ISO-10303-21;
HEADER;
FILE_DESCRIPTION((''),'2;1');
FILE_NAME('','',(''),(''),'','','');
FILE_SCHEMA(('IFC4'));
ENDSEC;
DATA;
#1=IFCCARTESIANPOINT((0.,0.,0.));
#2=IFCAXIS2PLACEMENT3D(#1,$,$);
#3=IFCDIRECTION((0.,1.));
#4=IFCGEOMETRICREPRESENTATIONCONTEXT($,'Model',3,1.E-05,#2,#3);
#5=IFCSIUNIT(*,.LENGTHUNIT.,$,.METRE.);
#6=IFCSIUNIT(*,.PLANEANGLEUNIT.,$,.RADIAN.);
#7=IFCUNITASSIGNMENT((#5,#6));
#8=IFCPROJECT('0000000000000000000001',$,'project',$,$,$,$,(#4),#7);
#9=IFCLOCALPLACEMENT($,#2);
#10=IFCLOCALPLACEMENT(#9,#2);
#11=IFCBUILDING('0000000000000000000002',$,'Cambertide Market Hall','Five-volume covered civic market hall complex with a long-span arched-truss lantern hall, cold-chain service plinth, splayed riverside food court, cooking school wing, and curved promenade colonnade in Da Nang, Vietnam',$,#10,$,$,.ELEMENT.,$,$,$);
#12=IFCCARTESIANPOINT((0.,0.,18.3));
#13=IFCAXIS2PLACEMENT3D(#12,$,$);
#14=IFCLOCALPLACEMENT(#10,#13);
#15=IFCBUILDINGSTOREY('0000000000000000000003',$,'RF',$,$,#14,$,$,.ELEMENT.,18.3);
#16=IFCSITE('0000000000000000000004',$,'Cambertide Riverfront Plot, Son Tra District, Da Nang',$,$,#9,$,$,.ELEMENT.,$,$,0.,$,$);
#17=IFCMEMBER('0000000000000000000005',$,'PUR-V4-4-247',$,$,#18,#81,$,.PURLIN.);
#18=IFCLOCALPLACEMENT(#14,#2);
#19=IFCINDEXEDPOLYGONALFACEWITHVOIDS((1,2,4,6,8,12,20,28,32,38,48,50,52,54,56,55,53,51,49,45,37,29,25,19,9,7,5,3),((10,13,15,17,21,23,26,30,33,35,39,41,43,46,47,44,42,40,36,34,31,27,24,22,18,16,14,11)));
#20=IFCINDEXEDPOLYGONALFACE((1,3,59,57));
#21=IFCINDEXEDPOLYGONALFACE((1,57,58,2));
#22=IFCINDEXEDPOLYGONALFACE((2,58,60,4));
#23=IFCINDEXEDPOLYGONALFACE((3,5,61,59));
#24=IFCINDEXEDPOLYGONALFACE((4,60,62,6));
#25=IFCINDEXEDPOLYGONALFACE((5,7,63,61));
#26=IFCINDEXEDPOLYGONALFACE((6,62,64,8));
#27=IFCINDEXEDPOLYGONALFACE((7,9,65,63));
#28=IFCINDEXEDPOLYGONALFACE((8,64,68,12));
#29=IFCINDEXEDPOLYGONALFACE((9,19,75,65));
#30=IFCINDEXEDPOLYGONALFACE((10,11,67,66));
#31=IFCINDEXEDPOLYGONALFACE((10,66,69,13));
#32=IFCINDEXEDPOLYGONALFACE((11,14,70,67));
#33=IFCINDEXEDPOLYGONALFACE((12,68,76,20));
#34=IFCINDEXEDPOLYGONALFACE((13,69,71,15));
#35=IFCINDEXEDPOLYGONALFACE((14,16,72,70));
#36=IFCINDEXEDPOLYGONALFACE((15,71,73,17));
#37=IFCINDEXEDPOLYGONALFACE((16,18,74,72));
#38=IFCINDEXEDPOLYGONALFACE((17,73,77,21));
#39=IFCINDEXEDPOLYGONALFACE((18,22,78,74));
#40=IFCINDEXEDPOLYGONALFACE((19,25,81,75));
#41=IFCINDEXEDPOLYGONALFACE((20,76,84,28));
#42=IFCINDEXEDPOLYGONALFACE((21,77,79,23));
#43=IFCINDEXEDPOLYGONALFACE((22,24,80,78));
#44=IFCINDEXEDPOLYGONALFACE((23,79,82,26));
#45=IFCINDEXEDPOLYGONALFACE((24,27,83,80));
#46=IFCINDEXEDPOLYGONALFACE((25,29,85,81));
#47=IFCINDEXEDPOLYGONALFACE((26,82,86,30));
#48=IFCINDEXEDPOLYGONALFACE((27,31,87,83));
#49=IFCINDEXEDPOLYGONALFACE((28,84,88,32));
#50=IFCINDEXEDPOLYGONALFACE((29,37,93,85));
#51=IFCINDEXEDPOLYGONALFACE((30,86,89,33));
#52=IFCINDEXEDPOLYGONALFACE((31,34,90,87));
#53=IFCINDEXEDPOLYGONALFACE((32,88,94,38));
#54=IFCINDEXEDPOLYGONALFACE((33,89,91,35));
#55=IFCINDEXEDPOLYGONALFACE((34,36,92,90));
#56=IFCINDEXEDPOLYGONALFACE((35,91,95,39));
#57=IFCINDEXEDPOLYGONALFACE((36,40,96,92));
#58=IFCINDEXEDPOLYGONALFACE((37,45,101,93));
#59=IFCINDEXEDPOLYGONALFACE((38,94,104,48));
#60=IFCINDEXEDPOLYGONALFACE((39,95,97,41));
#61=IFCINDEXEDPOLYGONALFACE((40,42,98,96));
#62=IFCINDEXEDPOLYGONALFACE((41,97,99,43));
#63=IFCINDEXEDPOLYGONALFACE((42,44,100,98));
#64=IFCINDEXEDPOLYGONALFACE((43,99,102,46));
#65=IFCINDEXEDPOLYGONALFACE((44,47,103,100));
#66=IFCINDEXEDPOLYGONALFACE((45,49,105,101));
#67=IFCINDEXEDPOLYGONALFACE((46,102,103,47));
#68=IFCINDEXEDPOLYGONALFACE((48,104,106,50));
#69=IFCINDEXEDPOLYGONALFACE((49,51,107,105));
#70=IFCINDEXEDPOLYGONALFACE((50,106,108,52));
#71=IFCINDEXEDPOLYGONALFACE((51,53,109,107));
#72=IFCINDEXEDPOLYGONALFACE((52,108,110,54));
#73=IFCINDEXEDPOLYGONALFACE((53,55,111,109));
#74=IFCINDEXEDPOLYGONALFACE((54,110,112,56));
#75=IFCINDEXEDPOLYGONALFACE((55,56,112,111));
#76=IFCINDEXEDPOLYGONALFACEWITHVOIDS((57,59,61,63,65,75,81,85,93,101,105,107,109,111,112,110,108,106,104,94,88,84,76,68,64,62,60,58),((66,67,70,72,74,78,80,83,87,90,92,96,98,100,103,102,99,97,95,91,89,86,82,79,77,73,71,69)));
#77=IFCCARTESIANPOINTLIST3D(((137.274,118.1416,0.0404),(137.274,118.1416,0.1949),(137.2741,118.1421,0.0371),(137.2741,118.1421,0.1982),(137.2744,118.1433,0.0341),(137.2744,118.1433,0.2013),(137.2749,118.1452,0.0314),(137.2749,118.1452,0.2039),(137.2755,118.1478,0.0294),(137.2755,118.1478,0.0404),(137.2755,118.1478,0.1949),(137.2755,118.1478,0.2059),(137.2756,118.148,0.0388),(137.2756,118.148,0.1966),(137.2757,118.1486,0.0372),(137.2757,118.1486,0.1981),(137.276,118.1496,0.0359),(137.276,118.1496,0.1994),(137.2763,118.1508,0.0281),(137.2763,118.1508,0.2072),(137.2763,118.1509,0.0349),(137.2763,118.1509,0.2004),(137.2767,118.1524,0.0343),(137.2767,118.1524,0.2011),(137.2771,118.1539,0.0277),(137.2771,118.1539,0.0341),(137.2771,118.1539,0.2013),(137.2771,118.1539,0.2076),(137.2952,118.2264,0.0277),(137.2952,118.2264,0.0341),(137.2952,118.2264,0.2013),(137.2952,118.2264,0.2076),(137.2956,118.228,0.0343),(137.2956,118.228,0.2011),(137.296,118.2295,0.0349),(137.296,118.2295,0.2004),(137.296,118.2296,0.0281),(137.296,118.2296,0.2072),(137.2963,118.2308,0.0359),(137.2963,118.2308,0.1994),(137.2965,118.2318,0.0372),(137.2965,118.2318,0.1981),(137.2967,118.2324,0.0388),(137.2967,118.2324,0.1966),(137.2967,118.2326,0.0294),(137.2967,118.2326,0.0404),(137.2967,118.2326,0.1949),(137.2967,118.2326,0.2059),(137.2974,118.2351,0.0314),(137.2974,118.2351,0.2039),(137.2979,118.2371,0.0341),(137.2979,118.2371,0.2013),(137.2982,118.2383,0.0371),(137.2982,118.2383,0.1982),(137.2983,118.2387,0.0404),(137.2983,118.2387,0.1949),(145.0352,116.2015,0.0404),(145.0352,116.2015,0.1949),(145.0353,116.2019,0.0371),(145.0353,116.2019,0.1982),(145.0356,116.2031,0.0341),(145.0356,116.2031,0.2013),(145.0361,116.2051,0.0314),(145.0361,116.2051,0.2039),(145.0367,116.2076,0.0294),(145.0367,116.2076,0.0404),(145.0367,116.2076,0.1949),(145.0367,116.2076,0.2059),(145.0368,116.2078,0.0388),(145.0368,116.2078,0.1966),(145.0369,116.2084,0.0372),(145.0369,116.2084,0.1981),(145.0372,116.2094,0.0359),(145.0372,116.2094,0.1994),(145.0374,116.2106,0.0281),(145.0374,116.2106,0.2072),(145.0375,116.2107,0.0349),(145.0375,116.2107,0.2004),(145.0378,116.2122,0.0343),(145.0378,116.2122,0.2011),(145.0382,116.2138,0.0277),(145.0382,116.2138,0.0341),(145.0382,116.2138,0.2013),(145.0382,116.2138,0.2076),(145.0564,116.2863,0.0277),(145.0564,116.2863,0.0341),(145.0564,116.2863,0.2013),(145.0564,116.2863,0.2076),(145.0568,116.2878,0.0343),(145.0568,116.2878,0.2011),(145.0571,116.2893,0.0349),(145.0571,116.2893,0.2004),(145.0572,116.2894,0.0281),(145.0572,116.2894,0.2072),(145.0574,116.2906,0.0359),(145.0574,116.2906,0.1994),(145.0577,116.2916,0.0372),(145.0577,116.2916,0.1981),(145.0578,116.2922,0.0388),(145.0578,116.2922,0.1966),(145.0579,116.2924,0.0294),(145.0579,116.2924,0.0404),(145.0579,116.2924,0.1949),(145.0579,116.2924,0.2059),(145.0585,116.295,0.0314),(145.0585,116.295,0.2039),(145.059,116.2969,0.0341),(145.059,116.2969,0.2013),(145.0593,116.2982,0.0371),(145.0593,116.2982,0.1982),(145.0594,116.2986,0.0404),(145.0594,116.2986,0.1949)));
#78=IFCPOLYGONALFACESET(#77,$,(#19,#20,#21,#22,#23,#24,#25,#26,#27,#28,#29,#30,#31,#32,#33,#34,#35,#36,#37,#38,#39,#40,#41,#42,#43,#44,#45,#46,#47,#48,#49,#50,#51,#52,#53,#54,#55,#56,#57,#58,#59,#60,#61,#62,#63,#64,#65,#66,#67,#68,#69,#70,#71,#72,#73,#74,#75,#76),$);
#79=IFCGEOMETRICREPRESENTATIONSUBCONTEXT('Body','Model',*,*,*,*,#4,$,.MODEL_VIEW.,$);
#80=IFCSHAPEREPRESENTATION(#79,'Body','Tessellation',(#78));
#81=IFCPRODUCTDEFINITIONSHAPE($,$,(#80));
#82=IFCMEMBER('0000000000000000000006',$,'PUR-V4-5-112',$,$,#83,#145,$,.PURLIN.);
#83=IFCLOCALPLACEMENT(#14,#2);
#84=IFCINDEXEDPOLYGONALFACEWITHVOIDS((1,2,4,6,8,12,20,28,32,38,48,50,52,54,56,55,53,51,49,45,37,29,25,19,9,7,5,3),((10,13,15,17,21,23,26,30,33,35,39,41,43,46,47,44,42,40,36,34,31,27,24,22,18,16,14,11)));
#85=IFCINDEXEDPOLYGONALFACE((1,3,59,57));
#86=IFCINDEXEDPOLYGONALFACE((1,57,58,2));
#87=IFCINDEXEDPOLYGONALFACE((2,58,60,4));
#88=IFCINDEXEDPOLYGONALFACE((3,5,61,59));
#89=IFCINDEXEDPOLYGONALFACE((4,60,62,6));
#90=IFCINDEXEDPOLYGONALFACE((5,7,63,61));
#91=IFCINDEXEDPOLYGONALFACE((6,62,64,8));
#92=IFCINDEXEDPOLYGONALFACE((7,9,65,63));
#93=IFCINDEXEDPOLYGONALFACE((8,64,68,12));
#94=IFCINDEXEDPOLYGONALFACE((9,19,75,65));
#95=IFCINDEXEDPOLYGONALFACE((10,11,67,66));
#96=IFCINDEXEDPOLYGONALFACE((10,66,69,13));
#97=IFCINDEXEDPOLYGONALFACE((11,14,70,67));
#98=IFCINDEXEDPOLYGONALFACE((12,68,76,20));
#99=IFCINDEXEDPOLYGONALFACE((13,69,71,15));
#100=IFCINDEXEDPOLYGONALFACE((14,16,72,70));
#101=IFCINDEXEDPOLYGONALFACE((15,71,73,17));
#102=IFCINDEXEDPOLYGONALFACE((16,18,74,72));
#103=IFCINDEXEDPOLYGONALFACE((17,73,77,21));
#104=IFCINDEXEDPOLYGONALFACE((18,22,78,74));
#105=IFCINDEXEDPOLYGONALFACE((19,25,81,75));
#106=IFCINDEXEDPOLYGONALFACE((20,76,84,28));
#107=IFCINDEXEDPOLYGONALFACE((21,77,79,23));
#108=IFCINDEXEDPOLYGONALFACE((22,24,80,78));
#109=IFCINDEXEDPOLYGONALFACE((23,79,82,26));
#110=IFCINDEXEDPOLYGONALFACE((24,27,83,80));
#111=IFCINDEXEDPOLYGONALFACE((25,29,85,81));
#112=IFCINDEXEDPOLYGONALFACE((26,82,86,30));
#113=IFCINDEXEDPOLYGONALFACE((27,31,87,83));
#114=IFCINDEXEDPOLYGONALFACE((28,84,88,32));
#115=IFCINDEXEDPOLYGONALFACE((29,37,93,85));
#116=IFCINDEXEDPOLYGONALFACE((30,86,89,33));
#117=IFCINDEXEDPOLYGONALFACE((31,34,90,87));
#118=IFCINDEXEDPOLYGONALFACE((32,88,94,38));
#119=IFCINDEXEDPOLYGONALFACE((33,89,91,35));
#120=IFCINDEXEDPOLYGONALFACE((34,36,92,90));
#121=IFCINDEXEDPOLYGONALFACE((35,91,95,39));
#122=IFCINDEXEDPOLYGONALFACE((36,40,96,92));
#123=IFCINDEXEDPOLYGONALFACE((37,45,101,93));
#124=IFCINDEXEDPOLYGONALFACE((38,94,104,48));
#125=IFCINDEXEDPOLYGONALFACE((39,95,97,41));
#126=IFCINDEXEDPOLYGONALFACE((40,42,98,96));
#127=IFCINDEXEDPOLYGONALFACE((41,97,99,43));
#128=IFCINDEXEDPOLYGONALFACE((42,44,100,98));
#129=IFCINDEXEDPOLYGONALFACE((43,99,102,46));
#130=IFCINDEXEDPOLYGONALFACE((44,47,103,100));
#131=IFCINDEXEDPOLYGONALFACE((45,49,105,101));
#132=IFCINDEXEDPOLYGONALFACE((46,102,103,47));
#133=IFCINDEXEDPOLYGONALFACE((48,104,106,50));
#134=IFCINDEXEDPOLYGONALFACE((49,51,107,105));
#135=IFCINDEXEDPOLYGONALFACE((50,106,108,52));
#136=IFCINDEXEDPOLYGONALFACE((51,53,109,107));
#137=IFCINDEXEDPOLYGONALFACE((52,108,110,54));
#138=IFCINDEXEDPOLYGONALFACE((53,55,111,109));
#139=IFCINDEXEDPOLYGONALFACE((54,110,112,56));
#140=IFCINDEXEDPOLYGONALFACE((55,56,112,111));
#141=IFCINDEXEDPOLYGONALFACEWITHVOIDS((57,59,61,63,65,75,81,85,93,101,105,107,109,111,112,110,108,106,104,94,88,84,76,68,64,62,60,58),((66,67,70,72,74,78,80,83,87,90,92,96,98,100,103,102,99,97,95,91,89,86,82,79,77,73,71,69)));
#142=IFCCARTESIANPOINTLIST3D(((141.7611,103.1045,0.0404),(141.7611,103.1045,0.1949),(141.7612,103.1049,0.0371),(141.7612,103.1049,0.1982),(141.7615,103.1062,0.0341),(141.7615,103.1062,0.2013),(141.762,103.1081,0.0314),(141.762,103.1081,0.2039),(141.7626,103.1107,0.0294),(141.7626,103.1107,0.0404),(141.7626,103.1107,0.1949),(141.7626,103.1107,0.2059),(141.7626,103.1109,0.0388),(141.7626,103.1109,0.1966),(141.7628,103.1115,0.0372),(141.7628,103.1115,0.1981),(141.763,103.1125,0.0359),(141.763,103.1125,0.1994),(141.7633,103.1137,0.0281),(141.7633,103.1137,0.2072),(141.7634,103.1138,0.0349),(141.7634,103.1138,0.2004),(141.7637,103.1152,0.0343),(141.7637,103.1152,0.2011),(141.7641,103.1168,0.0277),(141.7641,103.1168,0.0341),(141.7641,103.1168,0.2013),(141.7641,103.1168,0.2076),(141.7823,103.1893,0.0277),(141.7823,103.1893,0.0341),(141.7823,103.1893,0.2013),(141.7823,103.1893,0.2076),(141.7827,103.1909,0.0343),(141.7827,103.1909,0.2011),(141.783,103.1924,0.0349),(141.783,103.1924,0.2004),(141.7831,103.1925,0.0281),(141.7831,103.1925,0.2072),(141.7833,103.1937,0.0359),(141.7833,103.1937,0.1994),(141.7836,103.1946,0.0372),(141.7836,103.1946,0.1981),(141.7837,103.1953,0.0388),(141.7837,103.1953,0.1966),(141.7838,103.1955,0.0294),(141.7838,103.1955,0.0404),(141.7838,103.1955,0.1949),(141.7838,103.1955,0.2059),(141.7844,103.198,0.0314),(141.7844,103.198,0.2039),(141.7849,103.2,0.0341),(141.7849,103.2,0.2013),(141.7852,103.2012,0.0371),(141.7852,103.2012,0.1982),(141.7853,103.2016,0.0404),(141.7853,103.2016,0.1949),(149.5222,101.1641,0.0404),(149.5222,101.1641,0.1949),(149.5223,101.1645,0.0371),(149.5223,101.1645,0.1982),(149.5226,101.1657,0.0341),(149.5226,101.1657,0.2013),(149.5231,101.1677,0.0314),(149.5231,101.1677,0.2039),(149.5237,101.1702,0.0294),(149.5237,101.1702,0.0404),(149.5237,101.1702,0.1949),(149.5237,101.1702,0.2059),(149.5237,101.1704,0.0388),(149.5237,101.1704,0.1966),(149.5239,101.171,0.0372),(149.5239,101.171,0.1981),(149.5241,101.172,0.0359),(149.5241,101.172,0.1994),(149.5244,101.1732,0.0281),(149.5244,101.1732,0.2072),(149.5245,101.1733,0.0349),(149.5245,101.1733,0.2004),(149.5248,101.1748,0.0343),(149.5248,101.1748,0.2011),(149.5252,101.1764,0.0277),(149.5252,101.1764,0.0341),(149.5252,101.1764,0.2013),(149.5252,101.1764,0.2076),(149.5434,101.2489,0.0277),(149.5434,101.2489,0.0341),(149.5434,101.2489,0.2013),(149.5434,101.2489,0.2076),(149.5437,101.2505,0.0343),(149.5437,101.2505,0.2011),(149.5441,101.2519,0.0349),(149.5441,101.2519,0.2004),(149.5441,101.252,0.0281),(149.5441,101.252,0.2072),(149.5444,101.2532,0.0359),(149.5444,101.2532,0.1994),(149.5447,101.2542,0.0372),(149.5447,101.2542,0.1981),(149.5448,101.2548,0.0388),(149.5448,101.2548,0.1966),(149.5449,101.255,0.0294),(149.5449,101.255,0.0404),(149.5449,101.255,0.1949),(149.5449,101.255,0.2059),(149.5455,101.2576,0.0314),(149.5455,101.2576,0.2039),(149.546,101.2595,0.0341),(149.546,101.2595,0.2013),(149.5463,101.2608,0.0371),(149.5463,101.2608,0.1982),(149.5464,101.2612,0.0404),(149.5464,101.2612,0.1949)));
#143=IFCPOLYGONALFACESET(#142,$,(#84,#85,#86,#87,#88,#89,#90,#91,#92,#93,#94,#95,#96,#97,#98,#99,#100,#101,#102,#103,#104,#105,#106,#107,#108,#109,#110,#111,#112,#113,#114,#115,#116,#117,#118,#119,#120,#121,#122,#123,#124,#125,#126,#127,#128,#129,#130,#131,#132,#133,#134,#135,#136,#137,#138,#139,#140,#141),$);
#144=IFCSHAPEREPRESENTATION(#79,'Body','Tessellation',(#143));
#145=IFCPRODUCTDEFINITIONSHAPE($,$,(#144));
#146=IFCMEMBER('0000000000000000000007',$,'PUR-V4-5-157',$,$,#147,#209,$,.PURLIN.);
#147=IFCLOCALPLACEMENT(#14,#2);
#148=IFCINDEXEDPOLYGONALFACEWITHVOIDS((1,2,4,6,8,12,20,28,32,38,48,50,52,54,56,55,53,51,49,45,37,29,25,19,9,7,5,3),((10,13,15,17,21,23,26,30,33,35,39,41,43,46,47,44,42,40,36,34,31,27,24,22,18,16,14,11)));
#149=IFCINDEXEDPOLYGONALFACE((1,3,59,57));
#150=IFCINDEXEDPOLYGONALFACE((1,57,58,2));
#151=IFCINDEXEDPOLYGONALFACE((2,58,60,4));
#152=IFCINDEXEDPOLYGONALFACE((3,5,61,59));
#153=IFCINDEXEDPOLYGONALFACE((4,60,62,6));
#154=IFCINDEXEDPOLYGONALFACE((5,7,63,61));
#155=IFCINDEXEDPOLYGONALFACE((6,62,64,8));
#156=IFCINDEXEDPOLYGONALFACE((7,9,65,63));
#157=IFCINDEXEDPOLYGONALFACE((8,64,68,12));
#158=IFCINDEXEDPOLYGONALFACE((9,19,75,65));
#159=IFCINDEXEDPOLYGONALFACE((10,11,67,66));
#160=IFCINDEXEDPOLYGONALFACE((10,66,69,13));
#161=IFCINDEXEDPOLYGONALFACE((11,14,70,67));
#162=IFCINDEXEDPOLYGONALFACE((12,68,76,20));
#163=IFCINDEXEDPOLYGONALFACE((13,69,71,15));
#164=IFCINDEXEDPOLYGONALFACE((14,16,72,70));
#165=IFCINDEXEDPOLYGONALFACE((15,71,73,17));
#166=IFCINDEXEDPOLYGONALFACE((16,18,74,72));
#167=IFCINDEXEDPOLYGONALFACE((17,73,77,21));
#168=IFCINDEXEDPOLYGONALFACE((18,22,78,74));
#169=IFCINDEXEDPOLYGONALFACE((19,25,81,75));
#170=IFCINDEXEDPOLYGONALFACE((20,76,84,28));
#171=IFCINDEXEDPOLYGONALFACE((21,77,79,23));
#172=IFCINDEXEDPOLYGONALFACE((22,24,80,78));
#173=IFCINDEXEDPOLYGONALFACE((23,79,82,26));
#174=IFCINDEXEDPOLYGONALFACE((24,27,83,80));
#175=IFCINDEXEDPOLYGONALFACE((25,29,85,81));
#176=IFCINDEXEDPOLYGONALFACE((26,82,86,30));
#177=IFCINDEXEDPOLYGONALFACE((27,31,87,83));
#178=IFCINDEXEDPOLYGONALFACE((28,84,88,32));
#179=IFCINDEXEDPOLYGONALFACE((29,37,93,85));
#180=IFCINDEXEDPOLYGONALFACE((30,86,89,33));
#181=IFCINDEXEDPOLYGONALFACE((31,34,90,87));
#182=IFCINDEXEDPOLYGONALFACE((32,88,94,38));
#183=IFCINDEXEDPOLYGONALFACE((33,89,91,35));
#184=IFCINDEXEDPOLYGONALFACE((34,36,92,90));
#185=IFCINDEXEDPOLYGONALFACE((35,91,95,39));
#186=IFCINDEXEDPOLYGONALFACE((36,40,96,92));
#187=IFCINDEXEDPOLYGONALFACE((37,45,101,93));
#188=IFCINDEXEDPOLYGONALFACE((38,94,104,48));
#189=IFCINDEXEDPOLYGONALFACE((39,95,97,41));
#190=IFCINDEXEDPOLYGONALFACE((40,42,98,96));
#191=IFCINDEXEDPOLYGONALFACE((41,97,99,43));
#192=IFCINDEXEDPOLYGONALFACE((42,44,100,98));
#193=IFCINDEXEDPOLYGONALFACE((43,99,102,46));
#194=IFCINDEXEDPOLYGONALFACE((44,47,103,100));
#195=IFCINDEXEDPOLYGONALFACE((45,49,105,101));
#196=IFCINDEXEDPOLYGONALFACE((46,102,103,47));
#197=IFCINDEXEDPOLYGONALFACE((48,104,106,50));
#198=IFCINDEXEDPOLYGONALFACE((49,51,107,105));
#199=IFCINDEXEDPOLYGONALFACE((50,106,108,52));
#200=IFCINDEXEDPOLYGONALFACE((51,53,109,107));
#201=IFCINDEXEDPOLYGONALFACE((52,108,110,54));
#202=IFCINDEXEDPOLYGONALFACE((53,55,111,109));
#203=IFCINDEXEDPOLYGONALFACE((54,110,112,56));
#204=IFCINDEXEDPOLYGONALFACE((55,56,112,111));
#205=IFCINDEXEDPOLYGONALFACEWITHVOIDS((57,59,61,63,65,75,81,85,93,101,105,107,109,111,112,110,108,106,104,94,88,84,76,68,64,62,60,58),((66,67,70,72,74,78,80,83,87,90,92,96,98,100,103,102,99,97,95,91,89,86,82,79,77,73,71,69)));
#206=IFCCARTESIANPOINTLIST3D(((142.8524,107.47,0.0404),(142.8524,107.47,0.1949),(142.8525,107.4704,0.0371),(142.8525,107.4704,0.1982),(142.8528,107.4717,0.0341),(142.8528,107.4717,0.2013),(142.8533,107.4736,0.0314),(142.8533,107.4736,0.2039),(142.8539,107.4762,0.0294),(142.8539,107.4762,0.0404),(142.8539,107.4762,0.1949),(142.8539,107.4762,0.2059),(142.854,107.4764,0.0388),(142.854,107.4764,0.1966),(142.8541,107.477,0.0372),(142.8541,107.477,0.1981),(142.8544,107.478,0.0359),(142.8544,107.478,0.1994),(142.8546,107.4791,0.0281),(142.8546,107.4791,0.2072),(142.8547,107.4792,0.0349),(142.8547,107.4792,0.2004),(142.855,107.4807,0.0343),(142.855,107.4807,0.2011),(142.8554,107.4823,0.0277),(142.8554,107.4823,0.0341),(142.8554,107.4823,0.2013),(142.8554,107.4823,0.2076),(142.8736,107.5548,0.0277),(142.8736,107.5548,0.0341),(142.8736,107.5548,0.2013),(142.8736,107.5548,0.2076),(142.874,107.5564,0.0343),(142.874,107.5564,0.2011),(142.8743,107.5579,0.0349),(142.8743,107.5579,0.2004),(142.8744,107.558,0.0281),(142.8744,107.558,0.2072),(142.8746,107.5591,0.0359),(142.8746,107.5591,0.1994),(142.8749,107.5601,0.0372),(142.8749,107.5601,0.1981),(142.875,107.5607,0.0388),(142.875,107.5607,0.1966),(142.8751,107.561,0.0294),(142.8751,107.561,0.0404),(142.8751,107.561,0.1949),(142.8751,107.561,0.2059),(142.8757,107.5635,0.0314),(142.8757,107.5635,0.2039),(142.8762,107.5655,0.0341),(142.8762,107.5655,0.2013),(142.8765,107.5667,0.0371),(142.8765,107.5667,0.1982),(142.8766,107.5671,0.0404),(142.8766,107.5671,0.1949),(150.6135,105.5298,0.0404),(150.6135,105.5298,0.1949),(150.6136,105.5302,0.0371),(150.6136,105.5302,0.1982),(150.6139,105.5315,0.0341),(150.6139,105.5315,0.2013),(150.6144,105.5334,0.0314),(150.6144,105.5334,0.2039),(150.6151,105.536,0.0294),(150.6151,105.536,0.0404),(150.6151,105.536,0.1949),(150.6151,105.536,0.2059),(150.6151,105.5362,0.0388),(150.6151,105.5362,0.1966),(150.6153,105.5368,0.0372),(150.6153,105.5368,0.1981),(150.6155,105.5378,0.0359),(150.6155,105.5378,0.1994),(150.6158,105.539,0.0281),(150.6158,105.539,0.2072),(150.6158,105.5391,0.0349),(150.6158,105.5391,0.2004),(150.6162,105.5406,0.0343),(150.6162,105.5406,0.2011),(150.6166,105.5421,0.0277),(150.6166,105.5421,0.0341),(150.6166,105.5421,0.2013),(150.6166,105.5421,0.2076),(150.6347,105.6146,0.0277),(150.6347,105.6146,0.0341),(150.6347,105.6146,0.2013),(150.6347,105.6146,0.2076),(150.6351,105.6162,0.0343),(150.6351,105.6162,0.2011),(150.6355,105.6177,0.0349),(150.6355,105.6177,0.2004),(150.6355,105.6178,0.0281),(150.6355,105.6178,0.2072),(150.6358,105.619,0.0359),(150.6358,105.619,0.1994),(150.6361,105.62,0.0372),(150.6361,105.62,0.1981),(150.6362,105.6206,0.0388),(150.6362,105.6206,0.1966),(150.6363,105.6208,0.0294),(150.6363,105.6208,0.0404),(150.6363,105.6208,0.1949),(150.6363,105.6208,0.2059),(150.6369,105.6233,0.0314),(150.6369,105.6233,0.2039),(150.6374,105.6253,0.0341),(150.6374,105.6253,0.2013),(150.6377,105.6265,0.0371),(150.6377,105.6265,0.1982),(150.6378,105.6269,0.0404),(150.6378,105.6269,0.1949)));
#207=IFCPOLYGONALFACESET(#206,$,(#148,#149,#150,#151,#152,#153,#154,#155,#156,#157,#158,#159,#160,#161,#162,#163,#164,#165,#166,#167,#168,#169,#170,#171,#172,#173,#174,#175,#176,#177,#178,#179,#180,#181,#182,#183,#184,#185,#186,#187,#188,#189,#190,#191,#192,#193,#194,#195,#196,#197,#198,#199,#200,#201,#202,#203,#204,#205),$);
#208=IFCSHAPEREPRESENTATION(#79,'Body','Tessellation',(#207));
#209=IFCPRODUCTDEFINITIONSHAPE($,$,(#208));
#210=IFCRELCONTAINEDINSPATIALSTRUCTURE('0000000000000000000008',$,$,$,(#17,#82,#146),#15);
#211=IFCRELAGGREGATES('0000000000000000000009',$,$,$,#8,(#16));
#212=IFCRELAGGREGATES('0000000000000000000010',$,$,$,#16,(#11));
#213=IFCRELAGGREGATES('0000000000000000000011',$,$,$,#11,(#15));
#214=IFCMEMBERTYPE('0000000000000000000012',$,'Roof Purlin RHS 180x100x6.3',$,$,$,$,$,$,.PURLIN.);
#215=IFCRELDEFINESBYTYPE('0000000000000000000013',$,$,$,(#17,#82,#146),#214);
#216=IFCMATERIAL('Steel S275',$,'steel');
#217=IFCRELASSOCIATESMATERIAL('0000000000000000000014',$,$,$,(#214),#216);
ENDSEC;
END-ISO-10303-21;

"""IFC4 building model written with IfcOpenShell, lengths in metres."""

from ifc_helpers import new_model, si_unit, direction, frame, origin, origin_2d, place, context, subcontext, project, spatial, hollow_rectangle, extrude, material, material_profile, profile_set, type_object, element, save


model = new_model("IFC4")

# Units and contexts
model_context = context("Model", 3, precision=1e-05, world=origin(), true_north=direction((0.0, 1.0)))
body_context = subcontext(model_context, "Body", "Model", "MODEL_VIEW")
ifc_project = project(units=[si_unit("LENGTHUNIT", "METRE"), si_unit("PLANEANGLEUNIT", "RADIAN")], contexts=[model_context])

# Site, building, storey
site_placement = place(None, origin())
site = spatial("IfcSite", under=ifc_project, at=site_placement, Name="Cambertide Riverfront Plot, Son Tra District, Da Nang", CompositionType="ELEMENT", RefElevation=0.0)
building_placement = place(site_placement, origin())
building = spatial("IfcBuilding", under=site, at=building_placement, Name="Cambertide Market Hall", Description="Five-volume covered civic market hall complex with a long-span arched-truss lantern hall, cold-chain service plinth, splayed riverside food court, cooking school wing, and curved promenade colonnade in Da Nang, Vietnam", CompositionType="ELEMENT")
storey_placement = place(building_placement, frame((0.0, 0.0, 18.3)))
storey = spatial("IfcBuildingStorey", under=building, at=storey_placement, Name="RF", CompositionType="ELEMENT", Elevation=18.3)

# Members
ifc_material_1 = material(Name="Steel S275", Category="steel")
ifc_material_profile_1 = material_profile(ifc_material_1, hollow_rectangle(XDim=0.1001, YDim=0.1799, WallThickness=0.0063, InnerFilletRadius=0.0063, OuterFilletRadius=0.0127, at=origin_2d()), Name="RHS 180x100x6.3")
ifc_profile_set_1 = profile_set([ifc_material_profile_1], Name="Steel S275")
member_type_1 = type_object("IfcMemberType", Name="Roof Purlin RHS 180x100x6.3", PredefinedType="PURLIN", material=ifc_profile_set_1)
for number, where, z_axis, x_axis, name in (
    (1, (137.2861, 118.1902, 0.1177), (0.970146, -0.242521, 0.0), (0.242521, 0.970146, 0.0), "PUR-V4-4-247"),
    (2, (141.7732, 103.1531, 0.1177), (0.970137, -0.242557, 0.0), (0.242557, 0.970137, 0.0), "PUR-V4-5-112"),
    (3, (142.8645, 107.5186, 0.1177), (0.970146, -0.242521, 0.0), (0.242521, 0.970146, 0.0), "PUR-V4-5-157"),
):
    element("IfcMember", number, at=place(storey_placement, frame(where, z_axis=z_axis, x_axis=x_axis)), inside=storey, type_object=member_type_1, Name=name, PredefinedType="PURLIN", context=body_context, shape_type="SweptSolid", body=[
        extrude(hollow_rectangle(XDim=0.1001, YDim=0.1799, WallThickness=0.0063, InnerFilletRadius=0.0063, OuterFilletRadius=0.0127, at=origin_2d()), origin(), (0.0, 0.0, 1.0), 8.0),
    ])

save(model, "model.ifc")
